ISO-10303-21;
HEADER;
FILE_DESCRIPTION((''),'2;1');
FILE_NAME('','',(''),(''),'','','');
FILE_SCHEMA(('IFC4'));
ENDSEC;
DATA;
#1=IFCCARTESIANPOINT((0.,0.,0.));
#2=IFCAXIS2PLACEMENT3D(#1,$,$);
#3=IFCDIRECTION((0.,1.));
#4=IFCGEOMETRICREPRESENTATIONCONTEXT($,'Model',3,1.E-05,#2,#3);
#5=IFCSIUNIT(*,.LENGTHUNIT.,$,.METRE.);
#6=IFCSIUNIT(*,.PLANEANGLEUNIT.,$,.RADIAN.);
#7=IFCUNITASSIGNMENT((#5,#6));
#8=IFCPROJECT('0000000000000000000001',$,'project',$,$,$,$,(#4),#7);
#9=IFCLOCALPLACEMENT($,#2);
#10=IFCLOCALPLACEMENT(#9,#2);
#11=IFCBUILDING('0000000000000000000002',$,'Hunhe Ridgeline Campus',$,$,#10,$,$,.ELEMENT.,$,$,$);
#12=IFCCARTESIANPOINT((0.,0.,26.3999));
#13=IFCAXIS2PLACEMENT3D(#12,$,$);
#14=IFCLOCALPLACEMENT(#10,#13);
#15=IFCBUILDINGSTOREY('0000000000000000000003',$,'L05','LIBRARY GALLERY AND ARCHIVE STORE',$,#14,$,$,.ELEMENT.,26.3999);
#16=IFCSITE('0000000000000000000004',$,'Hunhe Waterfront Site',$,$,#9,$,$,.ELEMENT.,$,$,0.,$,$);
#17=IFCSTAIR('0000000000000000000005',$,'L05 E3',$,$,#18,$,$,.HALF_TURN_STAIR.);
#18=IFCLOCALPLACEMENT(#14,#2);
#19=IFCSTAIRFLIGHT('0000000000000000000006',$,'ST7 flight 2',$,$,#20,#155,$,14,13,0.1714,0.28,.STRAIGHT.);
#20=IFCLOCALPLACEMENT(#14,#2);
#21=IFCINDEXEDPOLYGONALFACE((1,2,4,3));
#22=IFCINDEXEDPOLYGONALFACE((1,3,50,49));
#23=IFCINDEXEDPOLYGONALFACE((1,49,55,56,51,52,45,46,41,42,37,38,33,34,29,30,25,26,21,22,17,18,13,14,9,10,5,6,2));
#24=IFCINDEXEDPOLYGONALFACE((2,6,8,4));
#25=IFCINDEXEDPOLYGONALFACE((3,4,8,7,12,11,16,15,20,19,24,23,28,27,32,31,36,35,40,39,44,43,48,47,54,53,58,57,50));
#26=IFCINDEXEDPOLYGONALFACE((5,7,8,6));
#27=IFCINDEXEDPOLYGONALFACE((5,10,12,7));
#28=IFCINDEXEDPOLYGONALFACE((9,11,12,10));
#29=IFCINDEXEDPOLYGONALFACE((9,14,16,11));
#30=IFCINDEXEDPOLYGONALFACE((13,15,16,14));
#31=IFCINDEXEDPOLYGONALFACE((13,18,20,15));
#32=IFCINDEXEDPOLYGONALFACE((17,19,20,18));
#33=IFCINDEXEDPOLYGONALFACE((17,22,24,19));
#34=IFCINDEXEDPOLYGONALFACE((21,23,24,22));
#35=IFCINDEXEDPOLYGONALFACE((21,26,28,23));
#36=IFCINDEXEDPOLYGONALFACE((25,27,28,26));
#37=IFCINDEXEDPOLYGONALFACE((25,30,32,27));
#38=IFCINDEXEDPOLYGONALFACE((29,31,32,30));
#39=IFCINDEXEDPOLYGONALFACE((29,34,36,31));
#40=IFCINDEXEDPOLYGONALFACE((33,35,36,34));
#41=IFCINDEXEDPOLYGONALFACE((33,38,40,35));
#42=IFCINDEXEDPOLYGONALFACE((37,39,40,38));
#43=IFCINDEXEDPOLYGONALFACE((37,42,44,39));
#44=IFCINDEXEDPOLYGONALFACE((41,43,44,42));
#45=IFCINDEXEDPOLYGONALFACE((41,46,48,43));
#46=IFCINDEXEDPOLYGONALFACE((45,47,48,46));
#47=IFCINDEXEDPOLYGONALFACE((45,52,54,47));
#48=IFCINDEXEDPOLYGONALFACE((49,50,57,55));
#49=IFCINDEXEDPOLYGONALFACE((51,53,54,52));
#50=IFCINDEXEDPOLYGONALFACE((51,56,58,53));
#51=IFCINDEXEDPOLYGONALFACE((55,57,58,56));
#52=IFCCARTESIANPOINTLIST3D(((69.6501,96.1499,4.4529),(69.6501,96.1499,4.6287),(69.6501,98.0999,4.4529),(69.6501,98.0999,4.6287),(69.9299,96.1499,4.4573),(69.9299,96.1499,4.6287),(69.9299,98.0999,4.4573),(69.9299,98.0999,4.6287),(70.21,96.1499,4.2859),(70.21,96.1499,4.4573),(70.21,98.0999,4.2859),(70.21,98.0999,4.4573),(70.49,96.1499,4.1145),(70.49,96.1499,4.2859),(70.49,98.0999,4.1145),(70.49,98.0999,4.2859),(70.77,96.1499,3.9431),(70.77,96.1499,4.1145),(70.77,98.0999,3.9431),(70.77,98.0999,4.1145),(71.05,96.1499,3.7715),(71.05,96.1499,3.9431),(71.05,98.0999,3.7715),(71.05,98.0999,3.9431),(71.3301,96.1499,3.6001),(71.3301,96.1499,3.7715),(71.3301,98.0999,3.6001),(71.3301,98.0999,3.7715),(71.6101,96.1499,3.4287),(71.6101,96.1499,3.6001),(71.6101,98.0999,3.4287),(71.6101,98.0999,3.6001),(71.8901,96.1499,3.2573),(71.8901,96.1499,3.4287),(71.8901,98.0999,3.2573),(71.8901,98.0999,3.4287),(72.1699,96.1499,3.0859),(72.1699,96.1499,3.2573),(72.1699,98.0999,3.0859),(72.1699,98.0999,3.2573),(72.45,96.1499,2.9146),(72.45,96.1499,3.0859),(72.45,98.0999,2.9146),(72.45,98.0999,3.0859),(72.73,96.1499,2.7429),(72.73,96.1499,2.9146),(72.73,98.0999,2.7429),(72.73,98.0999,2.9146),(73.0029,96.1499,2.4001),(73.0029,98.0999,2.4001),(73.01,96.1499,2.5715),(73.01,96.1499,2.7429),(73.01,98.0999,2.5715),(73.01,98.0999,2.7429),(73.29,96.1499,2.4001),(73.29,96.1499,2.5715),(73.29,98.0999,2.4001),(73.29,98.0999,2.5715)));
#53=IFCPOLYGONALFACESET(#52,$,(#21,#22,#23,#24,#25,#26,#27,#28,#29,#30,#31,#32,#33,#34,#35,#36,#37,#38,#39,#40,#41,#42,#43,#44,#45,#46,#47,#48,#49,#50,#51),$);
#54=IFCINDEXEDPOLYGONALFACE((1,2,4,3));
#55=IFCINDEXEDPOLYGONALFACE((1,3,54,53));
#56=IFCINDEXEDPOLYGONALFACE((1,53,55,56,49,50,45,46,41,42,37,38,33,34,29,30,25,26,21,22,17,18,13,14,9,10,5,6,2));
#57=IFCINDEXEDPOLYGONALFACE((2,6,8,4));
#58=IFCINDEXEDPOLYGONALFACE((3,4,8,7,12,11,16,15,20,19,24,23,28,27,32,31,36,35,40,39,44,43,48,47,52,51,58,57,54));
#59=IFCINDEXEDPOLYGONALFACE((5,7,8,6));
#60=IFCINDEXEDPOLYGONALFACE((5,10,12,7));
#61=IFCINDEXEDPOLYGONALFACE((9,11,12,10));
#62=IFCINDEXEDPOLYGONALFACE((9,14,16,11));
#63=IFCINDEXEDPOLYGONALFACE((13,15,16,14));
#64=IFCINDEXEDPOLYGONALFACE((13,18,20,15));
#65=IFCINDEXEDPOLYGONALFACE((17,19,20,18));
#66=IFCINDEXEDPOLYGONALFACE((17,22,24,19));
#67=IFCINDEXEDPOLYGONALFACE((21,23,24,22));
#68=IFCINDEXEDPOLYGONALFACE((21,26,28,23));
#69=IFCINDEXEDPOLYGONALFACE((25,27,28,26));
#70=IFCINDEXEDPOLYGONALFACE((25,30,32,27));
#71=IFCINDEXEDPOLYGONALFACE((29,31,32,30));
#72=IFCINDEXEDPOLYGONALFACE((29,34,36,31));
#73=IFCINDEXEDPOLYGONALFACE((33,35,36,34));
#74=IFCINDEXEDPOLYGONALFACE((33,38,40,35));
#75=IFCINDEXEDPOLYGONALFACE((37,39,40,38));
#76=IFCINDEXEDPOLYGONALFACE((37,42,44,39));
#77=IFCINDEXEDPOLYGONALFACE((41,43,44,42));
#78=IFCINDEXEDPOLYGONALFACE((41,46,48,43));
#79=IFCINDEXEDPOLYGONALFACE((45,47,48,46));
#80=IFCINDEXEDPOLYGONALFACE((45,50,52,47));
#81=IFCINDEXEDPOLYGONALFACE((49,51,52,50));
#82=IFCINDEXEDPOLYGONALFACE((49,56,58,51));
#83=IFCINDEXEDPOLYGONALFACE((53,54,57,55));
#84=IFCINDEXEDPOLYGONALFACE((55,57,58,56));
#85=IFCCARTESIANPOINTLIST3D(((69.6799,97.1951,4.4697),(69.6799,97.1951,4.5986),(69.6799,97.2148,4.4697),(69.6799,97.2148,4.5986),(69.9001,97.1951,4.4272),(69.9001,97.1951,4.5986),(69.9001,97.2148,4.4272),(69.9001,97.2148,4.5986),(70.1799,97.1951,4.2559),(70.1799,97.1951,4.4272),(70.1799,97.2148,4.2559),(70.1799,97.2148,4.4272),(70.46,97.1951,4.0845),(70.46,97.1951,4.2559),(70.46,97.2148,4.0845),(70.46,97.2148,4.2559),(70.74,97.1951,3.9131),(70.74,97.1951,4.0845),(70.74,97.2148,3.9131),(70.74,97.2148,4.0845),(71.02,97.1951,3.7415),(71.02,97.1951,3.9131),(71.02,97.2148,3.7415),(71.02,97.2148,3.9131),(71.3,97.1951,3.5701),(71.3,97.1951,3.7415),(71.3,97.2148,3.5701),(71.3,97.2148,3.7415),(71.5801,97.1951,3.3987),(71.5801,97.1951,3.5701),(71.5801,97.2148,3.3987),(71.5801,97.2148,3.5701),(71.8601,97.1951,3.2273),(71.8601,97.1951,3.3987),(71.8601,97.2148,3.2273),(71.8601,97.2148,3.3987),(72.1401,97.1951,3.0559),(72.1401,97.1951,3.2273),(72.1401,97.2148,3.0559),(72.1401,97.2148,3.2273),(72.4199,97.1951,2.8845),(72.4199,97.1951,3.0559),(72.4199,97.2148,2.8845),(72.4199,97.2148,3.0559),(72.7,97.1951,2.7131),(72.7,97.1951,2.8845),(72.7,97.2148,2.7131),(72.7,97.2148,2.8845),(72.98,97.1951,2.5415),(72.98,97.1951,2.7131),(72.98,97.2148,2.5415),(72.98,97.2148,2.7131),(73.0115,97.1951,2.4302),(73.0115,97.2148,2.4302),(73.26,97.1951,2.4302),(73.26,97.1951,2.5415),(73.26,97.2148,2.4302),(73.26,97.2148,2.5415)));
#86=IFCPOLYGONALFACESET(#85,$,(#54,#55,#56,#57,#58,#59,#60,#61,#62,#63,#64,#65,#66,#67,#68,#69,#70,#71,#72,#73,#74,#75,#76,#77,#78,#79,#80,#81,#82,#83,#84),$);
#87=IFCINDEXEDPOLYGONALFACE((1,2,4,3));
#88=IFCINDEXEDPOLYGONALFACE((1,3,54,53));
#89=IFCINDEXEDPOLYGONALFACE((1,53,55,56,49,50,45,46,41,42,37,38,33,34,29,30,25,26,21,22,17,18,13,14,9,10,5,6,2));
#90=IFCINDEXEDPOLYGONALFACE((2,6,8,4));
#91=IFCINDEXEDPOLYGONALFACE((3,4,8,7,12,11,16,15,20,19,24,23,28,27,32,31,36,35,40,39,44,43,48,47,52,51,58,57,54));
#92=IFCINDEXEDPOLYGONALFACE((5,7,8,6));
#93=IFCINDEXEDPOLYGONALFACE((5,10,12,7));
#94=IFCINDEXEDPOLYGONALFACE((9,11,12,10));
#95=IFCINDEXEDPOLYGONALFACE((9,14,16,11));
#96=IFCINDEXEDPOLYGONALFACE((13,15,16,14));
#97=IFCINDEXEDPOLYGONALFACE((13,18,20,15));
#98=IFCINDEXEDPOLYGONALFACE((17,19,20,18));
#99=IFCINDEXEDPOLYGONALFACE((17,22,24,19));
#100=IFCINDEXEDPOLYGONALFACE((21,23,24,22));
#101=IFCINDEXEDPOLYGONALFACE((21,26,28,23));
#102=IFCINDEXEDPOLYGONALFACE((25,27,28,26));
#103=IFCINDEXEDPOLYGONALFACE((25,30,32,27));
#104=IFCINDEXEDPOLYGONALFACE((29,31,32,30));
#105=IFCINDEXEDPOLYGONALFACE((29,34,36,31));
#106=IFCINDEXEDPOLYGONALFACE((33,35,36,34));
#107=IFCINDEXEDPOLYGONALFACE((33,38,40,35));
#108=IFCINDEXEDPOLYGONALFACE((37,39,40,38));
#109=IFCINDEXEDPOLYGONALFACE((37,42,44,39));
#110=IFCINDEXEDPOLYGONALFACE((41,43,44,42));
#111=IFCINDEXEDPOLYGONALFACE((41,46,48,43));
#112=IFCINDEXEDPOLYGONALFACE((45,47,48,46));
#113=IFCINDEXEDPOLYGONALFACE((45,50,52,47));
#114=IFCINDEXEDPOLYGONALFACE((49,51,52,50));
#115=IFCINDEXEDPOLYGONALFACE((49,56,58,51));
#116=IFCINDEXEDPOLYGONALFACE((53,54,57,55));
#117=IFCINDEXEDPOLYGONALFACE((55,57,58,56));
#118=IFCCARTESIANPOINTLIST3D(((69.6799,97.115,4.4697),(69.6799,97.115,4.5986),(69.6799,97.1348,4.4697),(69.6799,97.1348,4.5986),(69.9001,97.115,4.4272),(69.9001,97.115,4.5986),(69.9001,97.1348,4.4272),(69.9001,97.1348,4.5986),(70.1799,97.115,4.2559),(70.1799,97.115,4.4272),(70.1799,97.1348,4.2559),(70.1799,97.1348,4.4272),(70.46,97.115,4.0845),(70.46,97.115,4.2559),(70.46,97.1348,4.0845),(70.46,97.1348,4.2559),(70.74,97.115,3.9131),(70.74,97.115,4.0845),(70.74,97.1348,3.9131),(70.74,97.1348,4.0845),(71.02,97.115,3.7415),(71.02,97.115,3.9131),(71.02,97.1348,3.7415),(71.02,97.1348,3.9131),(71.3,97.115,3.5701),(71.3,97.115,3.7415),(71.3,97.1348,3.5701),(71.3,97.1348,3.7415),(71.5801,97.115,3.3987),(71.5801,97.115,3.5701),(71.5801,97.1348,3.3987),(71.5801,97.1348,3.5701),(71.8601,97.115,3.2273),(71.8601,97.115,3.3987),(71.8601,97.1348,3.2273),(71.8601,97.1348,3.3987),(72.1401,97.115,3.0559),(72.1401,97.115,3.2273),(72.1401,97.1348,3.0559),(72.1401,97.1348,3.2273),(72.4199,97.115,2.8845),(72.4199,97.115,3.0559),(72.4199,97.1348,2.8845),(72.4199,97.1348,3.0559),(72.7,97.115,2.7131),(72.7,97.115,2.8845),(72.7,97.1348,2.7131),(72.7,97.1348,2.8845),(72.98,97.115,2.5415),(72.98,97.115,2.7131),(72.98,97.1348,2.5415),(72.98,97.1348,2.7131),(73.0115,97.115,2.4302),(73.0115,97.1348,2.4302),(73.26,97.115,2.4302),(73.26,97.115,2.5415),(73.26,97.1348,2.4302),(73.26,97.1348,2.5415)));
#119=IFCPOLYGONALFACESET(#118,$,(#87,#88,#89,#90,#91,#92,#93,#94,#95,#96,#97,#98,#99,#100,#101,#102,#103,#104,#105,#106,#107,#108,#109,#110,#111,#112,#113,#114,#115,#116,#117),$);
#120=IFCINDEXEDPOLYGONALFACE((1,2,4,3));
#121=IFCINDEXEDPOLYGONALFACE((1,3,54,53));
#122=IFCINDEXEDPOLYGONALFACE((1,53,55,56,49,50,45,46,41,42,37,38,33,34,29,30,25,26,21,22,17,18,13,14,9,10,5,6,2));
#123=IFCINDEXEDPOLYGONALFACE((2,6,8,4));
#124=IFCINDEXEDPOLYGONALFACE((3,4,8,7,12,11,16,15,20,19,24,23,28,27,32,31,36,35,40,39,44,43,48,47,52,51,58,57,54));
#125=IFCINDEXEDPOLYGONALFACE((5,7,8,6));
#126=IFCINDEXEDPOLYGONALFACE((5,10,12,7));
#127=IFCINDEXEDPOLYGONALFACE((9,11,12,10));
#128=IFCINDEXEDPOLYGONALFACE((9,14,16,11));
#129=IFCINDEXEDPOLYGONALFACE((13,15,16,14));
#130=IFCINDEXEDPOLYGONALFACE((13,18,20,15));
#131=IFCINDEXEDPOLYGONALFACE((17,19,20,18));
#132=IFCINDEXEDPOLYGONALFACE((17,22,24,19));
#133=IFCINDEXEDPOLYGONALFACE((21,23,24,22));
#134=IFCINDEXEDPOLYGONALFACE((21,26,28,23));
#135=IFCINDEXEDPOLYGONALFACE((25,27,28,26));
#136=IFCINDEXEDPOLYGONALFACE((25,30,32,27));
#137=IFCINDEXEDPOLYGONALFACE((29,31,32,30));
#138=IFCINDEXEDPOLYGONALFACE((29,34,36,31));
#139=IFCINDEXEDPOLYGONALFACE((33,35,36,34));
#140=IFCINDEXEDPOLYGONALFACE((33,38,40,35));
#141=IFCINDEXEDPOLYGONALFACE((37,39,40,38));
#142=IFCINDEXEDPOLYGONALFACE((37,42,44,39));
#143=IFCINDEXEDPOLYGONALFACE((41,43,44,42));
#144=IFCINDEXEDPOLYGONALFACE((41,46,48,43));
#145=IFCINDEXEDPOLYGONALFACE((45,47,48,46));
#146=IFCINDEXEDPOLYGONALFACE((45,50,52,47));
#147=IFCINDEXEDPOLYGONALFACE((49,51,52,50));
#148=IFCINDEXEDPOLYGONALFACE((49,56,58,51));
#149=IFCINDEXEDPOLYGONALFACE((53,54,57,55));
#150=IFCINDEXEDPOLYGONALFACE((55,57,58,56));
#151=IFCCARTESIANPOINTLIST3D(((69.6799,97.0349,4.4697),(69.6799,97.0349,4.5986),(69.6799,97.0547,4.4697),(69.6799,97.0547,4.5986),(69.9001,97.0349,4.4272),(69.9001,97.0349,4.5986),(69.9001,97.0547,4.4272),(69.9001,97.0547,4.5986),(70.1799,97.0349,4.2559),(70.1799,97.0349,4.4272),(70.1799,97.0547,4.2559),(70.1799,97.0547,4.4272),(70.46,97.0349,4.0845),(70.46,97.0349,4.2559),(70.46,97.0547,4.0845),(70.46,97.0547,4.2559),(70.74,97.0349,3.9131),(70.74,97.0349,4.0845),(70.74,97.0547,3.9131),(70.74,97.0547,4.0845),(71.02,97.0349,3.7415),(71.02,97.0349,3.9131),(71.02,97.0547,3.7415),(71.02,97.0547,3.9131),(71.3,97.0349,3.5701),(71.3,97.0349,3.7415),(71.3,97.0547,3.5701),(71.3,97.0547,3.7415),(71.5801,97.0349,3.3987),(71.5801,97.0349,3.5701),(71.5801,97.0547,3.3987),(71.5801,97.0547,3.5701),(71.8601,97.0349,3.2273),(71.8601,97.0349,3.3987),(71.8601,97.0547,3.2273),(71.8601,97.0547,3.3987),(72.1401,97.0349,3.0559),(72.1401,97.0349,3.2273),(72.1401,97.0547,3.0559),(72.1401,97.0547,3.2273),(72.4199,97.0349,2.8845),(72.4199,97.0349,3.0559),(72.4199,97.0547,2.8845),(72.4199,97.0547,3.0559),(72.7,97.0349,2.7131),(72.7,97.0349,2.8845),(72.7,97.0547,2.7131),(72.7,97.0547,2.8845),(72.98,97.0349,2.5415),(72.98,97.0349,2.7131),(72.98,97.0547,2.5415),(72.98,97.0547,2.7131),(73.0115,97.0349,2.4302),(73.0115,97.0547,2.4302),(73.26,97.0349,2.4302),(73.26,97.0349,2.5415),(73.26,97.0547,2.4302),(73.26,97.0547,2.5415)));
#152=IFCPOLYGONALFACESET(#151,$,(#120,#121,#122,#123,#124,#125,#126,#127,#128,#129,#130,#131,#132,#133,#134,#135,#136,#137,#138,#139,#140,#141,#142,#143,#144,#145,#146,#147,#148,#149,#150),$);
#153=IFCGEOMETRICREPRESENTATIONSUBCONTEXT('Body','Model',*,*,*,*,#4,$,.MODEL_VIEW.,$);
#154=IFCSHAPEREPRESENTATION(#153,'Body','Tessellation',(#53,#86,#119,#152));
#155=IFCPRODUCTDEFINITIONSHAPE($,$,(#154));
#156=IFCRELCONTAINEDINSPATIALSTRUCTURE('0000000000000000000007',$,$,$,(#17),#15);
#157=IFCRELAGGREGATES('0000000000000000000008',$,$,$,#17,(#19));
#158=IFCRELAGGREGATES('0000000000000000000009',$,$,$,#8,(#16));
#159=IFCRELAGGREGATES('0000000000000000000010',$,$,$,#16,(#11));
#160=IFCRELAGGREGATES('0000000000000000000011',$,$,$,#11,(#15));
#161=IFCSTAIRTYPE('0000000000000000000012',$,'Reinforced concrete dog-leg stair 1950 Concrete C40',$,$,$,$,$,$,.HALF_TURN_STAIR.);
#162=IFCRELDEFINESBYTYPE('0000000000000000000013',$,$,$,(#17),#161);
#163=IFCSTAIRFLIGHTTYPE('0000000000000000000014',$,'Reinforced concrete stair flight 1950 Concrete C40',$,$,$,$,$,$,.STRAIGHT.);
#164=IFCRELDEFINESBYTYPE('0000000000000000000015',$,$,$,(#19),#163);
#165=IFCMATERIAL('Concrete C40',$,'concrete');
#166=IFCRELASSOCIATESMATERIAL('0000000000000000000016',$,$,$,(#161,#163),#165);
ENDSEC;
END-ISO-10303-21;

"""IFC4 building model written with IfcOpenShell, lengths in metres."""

from ifc_helpers import new_model, si_unit, direction, frame, origin, place, context, subcontext, project, spatial, polyline, outline, extrude, material, type_object, element, aggregate, save


model = new_model("IFC4")

# Units and contexts
model_context = context("Model", 3, precision=1e-05, world=origin(), true_north=direction((0.0, 1.0)))
body_context = subcontext(model_context, "Body", "Model", "MODEL_VIEW")
ifc_project = project(units=[si_unit("LENGTHUNIT", "METRE"), si_unit("PLANEANGLEUNIT", "RADIAN")], contexts=[model_context])

# Site, building, storey
site_placement = place(None, origin())
site = spatial("IfcSite", under=ifc_project, at=site_placement, Name="Hunhe Waterfront Site", CompositionType="ELEMENT", RefElevation=0.0)
building_placement = place(site_placement, origin())
building = spatial("IfcBuilding", under=site, at=building_placement, Name="Hunhe Ridgeline Campus", CompositionType="ELEMENT")
storey_placement = place(building_placement, frame((0.0, 0.0, 26.3999)))
storey = spatial("IfcBuildingStorey", under=building, at=storey_placement, Name="L05", Description="LIBRARY GALLERY AND ARCHIVE STORE", CompositionType="ELEMENT", Elevation=26.3999)

# Stair, stair flight
ifc_material_1 = material(Name="Concrete C40", Category="concrete")
stair_type = type_object("IfcStairType", Name="Reinforced concrete dog-leg stair 1950 Concrete C40", PredefinedType="HALF_TURN_STAIR", material=ifc_material_1)
stair_flight_type = type_object("IfcStairFlightType", Name="Reinforced concrete stair flight 1950 Concrete C40", PredefinedType="STRAIGHT", material=ifc_material_1)
stair_1_placement = place(storey_placement, origin())
stair_1 = element("IfcStair", 1, at=stair_1_placement, inside=storey, type_object=stair_type, Name="L05 E3", PredefinedType="HALF_TURN_STAIR")
stair_flight_1_placement = place(storey_placement, frame((73.29, 97.125, 2.4001), z_axis=(0.0, 0.0, 1.0), x_axis=(-1.0, 0.0, 0.0)))
stair_flight_1 = element("IfcStairFlight", 2, at=stair_flight_1_placement, type_object=stair_flight_type, Name="ST7 flight 2", NumberOfRisers=14, NumberOfTreads=13, PredefinedType="STRAIGHT", RiserHeight=0.1714, TreadLength=0.28, context=body_context, shape_type="SweptSolid", body=[
    extrude(outline(polyline([(0.0, 0.0), (0.0, 0.1714), (0.28, 0.1714), (0.28, 0.3428), (0.5601, 0.3428), (0.5601, 0.5144), (0.8401, 0.5144), (0.8401, 0.6858), (1.1201, 0.6858), (1.1201, 0.8572), (1.3999, 0.8572), (1.3999, 1.0286), (1.6799, 1.0286), (1.6799, 1.2), (1.96, 1.2), (1.96, 1.3713), (2.24, 1.3713), (2.24, 1.543), (2.52, 1.543), (2.52, 1.7144), (2.8, 1.7144), (2.8, 1.8857), (3.0801, 1.8857), (3.0801, 2.0571), (3.3601, 2.0571), (3.3601, 2.2285), (3.6399, 2.2285), (3.6399, 2.3999), (3.6399, 2.0527), (0.2871, 0.0), (0.0, 0.0)])), frame((0.0, 0.9751, 0.0), z_axis=(0.0, -1.0, 0.0), x_axis=(1.0, 0.0, 0.0)), (0.0, 0.0, 1.0), 1.95),
    extrude(outline(polyline([(0.03, 0.03), (0.03, 0.1414), (0.3101, 0.1414), (0.3101, 0.313), (0.5901, 0.313), (0.5901, 0.4844), (0.8701, 0.4844), (0.8701, 0.6558), (1.1499, 0.6558), (1.1499, 0.8271), (1.4299, 0.8271), (1.4299, 0.9985), (1.71, 0.9985), (1.71, 1.1699), (1.99, 1.1699), (1.99, 1.3413), (2.27, 1.3413), (2.27, 1.5129), (2.55, 1.5129), (2.55, 1.6843), (2.8301, 1.6843), (2.8301, 1.8557), (3.1101, 1.8557), (3.1101, 2.0271), (3.3899, 2.0271), (3.3899, 2.1985), (3.6101, 2.1985), (3.6101, 2.0696), (0.2786, 0.03), (0.03, 0.03)])), frame((0.0, -0.0701, 0.0), z_axis=(0.0, -1.0, 0.0), x_axis=(1.0, 0.0, 0.0)), (0.0, 0.0, 1.0), 0.0198),
    extrude(outline(polyline([(0.03, 0.03), (0.03, 0.1414), (0.3101, 0.1414), (0.3101, 0.313), (0.5901, 0.313), (0.5901, 0.4844), (0.8701, 0.4844), (0.8701, 0.6558), (1.1499, 0.6558), (1.1499, 0.8271), (1.4299, 0.8271), (1.4299, 0.9985), (1.71, 0.9985), (1.71, 1.1699), (1.99, 1.1699), (1.99, 1.3413), (2.27, 1.3413), (2.27, 1.5129), (2.55, 1.5129), (2.55, 1.6843), (2.8301, 1.6843), (2.8301, 1.8557), (3.1101, 1.8557), (3.1101, 2.0271), (3.3899, 2.0271), (3.3899, 2.1985), (3.6101, 2.1985), (3.6101, 2.0696), (0.2786, 0.03), (0.03, 0.03)])), frame((0.0, 0.01, 0.0), z_axis=(0.0, -1.0, 0.0), x_axis=(1.0, 0.0, 0.0)), (0.0, 0.0, 1.0), 0.0198),
    extrude(outline(polyline([(0.03, 0.03), (0.03, 0.1414), (0.3101, 0.1414), (0.3101, 0.313), (0.5901, 0.313), (0.5901, 0.4844), (0.8701, 0.4844), (0.8701, 0.6558), (1.1499, 0.6558), (1.1499, 0.8271), (1.4299, 0.8271), (1.4299, 0.9985), (1.71, 0.9985), (1.71, 1.1699), (1.99, 1.1699), (1.99, 1.3413), (2.27, 1.3413), (2.27, 1.5129), (2.55, 1.5129), (2.55, 1.6843), (2.8301, 1.6843), (2.8301, 1.8557), (3.1101, 1.8557), (3.1101, 2.0271), (3.3899, 2.0271), (3.3899, 2.1985), (3.6101, 2.1985), (3.6101, 2.0696), (0.2786, 0.03), (0.03, 0.03)])), frame((0.0, 0.0901, 0.0), z_axis=(0.0, -1.0, 0.0), x_axis=(1.0, 0.0, 0.0)), (0.0, 0.0, 1.0), 0.0198),
])
aggregate(stair_1, [stair_flight_1])

save(model, "model.ifc")
